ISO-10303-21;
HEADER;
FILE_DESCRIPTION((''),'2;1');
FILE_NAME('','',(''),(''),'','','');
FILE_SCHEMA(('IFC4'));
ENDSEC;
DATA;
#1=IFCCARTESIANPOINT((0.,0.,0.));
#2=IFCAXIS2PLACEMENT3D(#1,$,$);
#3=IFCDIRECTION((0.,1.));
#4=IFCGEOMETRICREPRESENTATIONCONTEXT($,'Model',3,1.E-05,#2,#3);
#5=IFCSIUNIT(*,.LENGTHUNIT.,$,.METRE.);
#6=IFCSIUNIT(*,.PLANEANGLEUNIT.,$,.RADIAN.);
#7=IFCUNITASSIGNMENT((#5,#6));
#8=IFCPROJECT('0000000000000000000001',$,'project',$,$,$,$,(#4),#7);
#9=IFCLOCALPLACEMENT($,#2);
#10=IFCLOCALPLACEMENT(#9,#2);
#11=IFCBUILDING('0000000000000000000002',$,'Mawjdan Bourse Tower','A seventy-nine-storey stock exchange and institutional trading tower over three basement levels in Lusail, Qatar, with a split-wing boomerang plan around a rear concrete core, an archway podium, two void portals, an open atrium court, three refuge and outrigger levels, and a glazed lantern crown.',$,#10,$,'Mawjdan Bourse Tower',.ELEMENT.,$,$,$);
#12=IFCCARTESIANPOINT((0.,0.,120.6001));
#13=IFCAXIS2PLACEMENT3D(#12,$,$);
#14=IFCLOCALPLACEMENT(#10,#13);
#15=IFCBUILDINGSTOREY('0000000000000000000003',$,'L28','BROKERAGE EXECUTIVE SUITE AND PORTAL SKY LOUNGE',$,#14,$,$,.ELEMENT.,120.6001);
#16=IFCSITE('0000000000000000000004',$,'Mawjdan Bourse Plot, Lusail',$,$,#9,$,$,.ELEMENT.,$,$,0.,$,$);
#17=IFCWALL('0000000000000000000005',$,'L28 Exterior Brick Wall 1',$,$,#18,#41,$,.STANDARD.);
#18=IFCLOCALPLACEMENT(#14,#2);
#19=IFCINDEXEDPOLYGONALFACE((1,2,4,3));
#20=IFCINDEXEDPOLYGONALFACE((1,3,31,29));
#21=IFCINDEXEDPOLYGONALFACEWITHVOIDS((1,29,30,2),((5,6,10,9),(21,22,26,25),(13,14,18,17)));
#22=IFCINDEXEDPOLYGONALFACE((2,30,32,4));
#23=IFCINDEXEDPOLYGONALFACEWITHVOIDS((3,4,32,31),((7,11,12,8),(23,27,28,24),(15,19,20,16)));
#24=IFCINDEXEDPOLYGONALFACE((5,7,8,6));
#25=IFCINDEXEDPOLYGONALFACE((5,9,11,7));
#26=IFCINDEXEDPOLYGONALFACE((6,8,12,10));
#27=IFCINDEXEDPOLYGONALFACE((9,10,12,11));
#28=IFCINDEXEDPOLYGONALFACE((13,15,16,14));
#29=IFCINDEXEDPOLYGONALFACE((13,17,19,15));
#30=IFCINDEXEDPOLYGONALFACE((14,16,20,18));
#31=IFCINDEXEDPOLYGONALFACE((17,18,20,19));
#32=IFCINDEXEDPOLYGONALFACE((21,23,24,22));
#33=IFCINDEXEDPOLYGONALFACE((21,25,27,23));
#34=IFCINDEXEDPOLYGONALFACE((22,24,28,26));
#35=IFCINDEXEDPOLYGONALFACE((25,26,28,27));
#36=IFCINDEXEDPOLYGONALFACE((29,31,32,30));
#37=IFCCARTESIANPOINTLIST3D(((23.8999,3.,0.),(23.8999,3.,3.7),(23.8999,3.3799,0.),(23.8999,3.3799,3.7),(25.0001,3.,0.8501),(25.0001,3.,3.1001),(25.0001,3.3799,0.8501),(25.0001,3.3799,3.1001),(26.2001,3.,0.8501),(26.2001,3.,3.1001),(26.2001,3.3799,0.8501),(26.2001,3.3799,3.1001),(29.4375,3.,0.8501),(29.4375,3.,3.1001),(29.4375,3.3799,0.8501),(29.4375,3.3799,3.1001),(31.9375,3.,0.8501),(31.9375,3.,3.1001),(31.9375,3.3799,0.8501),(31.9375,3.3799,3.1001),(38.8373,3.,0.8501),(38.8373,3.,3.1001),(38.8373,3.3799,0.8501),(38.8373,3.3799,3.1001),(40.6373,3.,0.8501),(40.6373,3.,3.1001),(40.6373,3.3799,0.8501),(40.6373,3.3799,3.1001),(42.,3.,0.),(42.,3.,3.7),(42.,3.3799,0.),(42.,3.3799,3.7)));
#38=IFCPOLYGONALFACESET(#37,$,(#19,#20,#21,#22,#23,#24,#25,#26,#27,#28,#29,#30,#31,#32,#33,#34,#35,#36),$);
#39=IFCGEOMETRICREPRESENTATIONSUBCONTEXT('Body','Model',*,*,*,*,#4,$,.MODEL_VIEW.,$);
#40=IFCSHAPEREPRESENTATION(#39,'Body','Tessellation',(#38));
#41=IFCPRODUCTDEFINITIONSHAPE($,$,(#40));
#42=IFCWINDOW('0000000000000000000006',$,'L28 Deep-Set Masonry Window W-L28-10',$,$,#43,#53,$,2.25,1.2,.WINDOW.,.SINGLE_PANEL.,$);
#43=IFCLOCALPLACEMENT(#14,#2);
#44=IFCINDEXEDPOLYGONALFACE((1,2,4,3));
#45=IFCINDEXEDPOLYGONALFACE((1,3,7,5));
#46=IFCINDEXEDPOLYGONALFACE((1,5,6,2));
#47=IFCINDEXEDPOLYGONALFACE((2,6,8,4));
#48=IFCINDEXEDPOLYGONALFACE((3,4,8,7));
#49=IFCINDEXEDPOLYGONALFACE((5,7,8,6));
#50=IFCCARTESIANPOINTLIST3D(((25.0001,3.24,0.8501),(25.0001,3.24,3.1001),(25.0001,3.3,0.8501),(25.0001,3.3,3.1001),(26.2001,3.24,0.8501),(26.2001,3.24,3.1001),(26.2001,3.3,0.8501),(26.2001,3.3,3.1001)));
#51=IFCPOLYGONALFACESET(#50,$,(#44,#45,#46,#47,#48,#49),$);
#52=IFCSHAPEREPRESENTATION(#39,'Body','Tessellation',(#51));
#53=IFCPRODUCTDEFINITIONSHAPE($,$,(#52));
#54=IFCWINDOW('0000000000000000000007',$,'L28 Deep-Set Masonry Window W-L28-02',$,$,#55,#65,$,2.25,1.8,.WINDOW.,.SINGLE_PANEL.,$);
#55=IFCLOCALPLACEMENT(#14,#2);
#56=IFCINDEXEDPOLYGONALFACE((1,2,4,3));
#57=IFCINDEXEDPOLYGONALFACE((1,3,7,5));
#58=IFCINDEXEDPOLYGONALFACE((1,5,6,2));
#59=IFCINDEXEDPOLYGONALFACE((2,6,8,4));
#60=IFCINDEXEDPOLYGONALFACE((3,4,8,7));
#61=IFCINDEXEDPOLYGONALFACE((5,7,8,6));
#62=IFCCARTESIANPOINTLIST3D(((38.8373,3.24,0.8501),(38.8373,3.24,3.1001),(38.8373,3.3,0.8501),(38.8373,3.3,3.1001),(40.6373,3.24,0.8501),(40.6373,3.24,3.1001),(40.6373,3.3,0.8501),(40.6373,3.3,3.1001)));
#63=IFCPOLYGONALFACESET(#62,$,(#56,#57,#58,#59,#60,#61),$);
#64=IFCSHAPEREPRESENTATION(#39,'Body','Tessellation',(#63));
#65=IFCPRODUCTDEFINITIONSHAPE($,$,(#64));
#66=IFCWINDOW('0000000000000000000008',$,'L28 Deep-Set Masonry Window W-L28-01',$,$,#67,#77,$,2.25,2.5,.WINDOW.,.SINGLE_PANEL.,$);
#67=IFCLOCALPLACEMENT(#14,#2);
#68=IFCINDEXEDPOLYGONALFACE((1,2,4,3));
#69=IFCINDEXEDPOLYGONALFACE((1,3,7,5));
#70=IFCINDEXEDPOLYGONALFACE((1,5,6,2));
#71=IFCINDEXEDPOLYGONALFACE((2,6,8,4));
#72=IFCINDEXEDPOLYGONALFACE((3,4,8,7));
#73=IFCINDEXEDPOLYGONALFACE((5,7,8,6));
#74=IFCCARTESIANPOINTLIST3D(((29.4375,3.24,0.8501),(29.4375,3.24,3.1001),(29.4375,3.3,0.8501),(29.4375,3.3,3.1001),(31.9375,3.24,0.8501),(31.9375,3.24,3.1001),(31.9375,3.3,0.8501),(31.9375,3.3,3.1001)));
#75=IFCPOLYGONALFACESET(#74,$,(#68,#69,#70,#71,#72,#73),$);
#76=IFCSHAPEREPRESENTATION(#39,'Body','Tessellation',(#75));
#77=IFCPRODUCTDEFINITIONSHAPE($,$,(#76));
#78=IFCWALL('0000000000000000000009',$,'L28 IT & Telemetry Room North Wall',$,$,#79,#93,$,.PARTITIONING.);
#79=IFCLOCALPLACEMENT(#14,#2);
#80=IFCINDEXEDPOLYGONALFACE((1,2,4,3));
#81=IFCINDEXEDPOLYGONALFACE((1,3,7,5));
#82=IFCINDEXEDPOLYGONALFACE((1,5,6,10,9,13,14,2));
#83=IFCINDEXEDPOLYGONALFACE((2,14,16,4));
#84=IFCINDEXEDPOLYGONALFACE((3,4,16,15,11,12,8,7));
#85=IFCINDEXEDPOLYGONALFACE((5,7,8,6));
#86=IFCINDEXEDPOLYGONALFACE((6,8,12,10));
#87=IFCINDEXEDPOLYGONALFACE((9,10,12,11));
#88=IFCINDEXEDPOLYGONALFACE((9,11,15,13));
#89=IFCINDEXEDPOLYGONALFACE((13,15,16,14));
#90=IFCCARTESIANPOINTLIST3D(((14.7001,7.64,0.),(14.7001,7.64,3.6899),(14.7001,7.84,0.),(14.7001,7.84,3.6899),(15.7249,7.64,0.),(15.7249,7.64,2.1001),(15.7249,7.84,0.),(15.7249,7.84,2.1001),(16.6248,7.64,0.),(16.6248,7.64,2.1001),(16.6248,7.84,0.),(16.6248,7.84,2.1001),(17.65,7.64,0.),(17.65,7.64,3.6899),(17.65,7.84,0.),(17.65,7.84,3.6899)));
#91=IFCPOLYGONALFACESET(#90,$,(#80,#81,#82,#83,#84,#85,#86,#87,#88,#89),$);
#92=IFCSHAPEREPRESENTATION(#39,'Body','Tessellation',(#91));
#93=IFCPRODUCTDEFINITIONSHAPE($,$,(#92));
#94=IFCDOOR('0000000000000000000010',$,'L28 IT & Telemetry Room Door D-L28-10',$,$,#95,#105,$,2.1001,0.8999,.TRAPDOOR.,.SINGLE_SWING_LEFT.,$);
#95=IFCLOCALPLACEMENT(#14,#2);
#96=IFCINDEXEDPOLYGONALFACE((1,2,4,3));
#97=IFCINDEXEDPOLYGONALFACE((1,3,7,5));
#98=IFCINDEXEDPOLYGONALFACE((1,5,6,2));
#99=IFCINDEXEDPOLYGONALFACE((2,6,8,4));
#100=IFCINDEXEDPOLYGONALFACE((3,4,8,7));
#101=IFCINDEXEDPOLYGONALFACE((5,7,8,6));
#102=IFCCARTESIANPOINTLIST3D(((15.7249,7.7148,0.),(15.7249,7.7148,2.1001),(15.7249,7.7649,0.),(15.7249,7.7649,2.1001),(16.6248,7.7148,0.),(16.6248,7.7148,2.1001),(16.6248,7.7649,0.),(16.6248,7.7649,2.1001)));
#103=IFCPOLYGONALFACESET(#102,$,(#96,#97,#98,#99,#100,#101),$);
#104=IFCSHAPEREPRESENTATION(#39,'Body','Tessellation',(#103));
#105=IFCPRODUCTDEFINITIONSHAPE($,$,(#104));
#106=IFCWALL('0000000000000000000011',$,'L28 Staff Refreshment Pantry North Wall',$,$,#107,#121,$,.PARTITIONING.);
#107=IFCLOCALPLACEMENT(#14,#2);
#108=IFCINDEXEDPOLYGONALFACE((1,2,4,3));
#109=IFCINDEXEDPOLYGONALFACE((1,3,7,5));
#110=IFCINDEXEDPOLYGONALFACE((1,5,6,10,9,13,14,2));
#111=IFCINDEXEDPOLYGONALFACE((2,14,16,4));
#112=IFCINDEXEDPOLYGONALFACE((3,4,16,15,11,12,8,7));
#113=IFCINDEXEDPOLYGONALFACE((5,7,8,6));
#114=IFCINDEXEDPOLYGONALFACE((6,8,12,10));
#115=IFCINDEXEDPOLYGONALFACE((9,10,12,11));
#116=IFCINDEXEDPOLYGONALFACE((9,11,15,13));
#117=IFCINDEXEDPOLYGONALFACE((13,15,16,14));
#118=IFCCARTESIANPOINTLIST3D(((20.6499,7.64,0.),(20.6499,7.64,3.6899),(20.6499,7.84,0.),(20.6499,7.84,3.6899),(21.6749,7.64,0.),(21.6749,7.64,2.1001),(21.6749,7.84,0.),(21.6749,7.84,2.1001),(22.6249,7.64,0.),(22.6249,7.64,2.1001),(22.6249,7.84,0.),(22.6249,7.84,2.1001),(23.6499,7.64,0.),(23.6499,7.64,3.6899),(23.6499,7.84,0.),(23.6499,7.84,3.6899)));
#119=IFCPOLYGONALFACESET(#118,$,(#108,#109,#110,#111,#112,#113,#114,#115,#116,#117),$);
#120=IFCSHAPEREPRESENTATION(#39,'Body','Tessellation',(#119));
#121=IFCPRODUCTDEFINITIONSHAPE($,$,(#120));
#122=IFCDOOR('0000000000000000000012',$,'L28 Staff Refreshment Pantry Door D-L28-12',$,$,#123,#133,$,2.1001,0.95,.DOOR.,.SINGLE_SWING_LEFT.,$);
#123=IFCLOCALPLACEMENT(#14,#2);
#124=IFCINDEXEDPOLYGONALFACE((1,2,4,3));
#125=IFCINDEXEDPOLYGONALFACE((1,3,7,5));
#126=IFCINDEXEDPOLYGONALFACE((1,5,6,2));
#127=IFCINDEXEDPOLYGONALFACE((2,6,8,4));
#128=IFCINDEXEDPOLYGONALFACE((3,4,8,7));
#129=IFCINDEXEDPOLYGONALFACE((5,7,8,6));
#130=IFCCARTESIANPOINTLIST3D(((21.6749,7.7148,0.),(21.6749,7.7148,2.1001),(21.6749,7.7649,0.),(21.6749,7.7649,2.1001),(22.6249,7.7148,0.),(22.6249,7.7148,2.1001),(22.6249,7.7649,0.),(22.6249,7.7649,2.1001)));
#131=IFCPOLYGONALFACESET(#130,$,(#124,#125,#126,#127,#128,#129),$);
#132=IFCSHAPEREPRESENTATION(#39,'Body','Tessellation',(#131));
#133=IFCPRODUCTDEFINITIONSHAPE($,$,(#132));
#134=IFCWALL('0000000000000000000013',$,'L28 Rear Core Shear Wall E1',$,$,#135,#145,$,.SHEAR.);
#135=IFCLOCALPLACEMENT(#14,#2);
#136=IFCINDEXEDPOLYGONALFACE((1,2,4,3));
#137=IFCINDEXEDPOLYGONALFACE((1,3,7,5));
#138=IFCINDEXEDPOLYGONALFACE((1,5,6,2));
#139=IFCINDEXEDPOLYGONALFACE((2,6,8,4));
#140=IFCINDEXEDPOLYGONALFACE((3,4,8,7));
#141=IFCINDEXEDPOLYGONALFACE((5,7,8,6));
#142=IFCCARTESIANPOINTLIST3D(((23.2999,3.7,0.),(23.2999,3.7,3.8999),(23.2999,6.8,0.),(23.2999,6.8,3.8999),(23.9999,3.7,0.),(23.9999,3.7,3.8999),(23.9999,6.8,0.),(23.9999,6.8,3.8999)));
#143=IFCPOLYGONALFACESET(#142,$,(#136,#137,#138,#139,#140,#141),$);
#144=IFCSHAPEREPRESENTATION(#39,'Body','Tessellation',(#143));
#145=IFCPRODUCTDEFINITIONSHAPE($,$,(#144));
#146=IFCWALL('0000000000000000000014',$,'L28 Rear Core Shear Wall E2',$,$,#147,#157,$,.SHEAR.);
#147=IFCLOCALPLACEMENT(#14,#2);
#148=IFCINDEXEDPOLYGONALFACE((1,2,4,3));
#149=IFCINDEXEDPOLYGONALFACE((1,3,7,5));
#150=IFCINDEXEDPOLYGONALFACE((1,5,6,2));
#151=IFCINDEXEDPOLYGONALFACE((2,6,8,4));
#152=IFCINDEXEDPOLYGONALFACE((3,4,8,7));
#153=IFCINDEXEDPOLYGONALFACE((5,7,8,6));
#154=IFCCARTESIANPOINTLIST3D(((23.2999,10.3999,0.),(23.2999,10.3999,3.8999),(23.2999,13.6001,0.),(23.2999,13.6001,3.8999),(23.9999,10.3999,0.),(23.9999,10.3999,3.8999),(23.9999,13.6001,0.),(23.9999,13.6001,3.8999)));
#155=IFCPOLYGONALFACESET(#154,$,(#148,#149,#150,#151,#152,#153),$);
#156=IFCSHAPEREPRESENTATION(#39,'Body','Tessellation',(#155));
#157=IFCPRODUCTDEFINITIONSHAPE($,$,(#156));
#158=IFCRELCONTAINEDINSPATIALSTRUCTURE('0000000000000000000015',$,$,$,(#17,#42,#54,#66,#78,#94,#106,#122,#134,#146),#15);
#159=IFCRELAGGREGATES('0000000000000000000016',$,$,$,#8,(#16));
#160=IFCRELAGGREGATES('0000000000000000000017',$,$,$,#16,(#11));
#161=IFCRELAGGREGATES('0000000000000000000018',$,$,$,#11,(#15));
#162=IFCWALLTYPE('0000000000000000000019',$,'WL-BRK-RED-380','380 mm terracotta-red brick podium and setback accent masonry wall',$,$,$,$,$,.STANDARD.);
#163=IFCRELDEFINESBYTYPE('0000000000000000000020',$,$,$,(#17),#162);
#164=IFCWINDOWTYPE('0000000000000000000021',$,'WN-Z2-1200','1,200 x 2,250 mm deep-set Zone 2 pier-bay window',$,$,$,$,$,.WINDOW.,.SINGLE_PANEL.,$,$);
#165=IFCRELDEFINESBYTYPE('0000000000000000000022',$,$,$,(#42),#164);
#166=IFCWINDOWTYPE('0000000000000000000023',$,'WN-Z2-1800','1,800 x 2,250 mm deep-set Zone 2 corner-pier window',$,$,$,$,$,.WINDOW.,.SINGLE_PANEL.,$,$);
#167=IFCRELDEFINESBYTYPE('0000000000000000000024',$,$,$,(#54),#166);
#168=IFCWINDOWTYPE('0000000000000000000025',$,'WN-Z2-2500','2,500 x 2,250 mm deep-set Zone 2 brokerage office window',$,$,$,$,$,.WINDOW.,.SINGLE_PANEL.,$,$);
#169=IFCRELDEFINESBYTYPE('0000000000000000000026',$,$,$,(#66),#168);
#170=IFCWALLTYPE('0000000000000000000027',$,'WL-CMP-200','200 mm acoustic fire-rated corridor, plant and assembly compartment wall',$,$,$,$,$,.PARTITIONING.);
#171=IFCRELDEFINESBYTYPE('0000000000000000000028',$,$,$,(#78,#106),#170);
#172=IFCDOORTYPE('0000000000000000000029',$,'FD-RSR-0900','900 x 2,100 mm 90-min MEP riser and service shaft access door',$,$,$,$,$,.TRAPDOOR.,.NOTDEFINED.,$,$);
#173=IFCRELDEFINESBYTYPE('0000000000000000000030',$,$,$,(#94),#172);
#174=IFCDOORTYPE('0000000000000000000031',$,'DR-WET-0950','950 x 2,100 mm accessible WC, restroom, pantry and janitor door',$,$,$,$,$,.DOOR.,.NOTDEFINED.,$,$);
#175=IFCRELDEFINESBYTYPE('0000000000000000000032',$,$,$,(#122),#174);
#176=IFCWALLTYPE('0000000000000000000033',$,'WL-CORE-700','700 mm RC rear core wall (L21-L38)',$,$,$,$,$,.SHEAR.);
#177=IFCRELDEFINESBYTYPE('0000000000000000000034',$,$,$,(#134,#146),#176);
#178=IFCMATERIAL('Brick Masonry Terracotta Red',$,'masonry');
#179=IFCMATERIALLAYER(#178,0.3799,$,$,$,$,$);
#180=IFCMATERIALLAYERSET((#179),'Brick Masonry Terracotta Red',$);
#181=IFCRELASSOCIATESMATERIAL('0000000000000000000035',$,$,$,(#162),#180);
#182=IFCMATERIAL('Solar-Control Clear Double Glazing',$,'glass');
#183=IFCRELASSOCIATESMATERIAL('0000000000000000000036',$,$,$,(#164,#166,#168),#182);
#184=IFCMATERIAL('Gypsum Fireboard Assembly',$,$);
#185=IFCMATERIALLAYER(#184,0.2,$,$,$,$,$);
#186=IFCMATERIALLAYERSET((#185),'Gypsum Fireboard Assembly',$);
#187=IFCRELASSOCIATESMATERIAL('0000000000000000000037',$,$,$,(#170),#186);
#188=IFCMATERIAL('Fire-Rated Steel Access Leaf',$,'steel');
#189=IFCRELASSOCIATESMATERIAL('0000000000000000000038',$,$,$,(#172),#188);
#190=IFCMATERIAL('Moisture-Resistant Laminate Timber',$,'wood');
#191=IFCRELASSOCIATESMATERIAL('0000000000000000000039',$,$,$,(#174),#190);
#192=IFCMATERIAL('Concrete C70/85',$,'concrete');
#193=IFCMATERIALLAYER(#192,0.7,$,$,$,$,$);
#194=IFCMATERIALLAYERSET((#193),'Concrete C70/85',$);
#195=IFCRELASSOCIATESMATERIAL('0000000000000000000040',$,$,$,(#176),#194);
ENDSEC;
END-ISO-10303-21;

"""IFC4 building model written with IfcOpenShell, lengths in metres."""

from ifc_helpers import new_model, si_unit, direction, frame, frame_2d, origin, place, context, subcontext, project, spatial, rectangle, extrude, material, layer, layer_set, type_object, element, fill, save


model = new_model("IFC4")

# Units and contexts
model_context = context("Model", 3, precision=1e-05, world=origin(), true_north=direction((0.0, 1.0)))
body_context = subcontext(model_context, "Body", "Model", "MODEL_VIEW")
ifc_project = project(units=[si_unit("LENGTHUNIT", "METRE"), si_unit("PLANEANGLEUNIT", "RADIAN")], contexts=[model_context])

# Site, building, storey
site_placement = place(None, origin())
site = spatial("IfcSite", under=ifc_project, at=site_placement, Name="Mawjdan Bourse Plot, Lusail", CompositionType="ELEMENT", RefElevation=0.0)
building_placement = place(site_placement, origin())
building = spatial("IfcBuilding", under=site, at=building_placement, Name="Mawjdan Bourse Tower", Description="A seventy-nine-storey stock exchange and institutional trading tower over three basement levels in Lusail, Qatar, with a split-wing boomerang plan around a rear concrete core, an archway podium, two void portals, an open atrium court, three refuge and outrigger levels, and a glazed lantern crown.", LongName="Mawjdan Bourse Tower", CompositionType="ELEMENT")
storey_placement = place(building_placement, frame((0.0, 0.0, 120.6001)))
storey = spatial("IfcBuildingStorey", under=building, at=storey_placement, Name="L28", Description="BROKERAGE EXECUTIVE SUITE AND PORTAL SKY LOUNGE", CompositionType="ELEMENT", Elevation=120.6001)

# Shared definitions
ifc_material_1 = material(Name="Concrete C70/85", Category="concrete")

# Wall, openings, windows
ifc_material_2 = material(Name="Brick Masonry Terracotta Red", Category="masonry")
ifc_layer_1 = layer(ifc_material_2, 0.3799)
ifc_layer_set_1 = layer_set([ifc_layer_1], Name="Brick Masonry Terracotta Red")
wall_type_1 = type_object("IfcWallType", Name="WL-BRK-RED-380", Description="380 mm terracotta-red brick podium and setback accent masonry wall", PredefinedType="STANDARD", material=ifc_layer_set_1)
wall_1_placement = place(storey_placement, frame((23.8999, 3.1899, 0.0), z_axis=(0.0, 0.0, 1.0), x_axis=(1.0, 0.0, 0.0)))
wall_1 = element("IfcWall", 1, at=wall_1_placement, inside=storey, type_object=wall_type_1, Name="L28 Exterior Brick Wall 1", PredefinedType="STANDARD", context=body_context, shape_type="SweptSolid", body=[
    extrude(rectangle(XDim=18.1001, YDim=0.3799, at=frame_2d((9.05, 0.0))), origin(), (0.0, 0.0, 1.0), 3.7),
])
opening_1_placement = place(wall_1_placement, frame((5.5376, 0.0, 0.8501)))
opening_1 = element("IfcOpeningElement", 2, at=opening_1_placement, cuts=wall_1, PredefinedType="OPENING", context=body_context, shape_type="SweptSolid", body=[
    extrude(rectangle(XDim=2.5, YDim=2.25, at=frame_2d((1.25, 1.125))), frame((0.0, 0.2, 0.0), z_axis=(0.0, -1.0, 0.0), x_axis=(1.0, 0.0, 0.0)), (0.0, 0.0, 1.0), 0.3999),
])
opening_2_placement = place(wall_1_placement, frame((14.9375, 0.0, 0.8501)))
opening_2 = element("IfcOpeningElement", 3, at=opening_2_placement, cuts=wall_1, PredefinedType="OPENING", context=body_context, shape_type="SweptSolid", body=[
    extrude(rectangle(XDim=1.8, YDim=2.25, at=frame_2d((0.8999, 1.125))), frame((0.0, 0.2, 0.0), z_axis=(0.0, -1.0, 0.0), x_axis=(1.0, 0.0, 0.0)), (0.0, 0.0, 1.0), 0.3999),
])
opening_3_placement = place(wall_1_placement, frame((1.1001, 0.0, 0.8501)))
opening_3 = element("IfcOpeningElement", 4, at=opening_3_placement, cuts=wall_1, PredefinedType="OPENING", context=body_context, shape_type="SweptSolid", body=[
    extrude(rectangle(XDim=1.2, YDim=2.25, at=frame_2d((0.6001, 1.125))), frame((0.0, 0.2, 0.0), z_axis=(0.0, -1.0, 0.0), x_axis=(1.0, 0.0, 0.0)), (0.0, 0.0, 1.0), 0.3999),
])
ifc_material_3 = material(Name="Solar-Control Clear Double Glazing", Category="glass")
window_type_1 = type_object("IfcWindowType", Name="WN-Z2-1200", Description="1,200 x 2,250 mm deep-set Zone 2 pier-bay window", PartitioningType="SINGLE_PANEL", PredefinedType="WINDOW", material=ifc_material_3)
window_1_placement = place(opening_3_placement, origin())
window_1 = element("IfcWindow", 5, at=window_1_placement, inside=storey, type_object=window_type_1, Name="L28 Deep-Set Masonry Window W-L28-10", OverallHeight=2.25, OverallWidth=1.2, PartitioningType="SINGLE_PANEL", PredefinedType="WINDOW", context=body_context, shape_type="SweptSolid", body=[
    extrude(rectangle(XDim=1.2, YDim=2.25, at=frame_2d((0.6001, 1.125))), frame((0.0, 0.1101, 0.0), z_axis=(0.0, -1.0, 0.0), x_axis=(1.0, 0.0, 0.0)), (0.0, 0.0, 1.0), 0.0601),
])
fill(opening_3, window_1)
window_type_2 = type_object("IfcWindowType", Name="WN-Z2-1800", Description="1,800 x 2,250 mm deep-set Zone 2 corner-pier window", PartitioningType="SINGLE_PANEL", PredefinedType="WINDOW", material=ifc_material_3)
window_2_placement = place(opening_2_placement, origin())
window_2 = element("IfcWindow", 6, at=window_2_placement, inside=storey, type_object=window_type_2, Name="L28 Deep-Set Masonry Window W-L28-02", OverallHeight=2.25, OverallWidth=1.8, PartitioningType="SINGLE_PANEL", PredefinedType="WINDOW", context=body_context, shape_type="SweptSolid", body=[
    extrude(rectangle(XDim=1.8, YDim=2.25, at=frame_2d((0.8999, 1.125))), frame((0.0, 0.1101, 0.0), z_axis=(0.0, -1.0, 0.0), x_axis=(1.0, 0.0, 0.0)), (0.0, 0.0, 1.0), 0.0601),
])
fill(opening_2, window_2)
window_type_3 = type_object("IfcWindowType", Name="WN-Z2-2500", Description="2,500 x 2,250 mm deep-set Zone 2 brokerage office window", PartitioningType="SINGLE_PANEL", PredefinedType="WINDOW", material=ifc_material_3)
window_3_placement = place(opening_1_placement, origin())
window_3 = element("IfcWindow", 7, at=window_3_placement, inside=storey, type_object=window_type_3, Name="L28 Deep-Set Masonry Window W-L28-01", OverallHeight=2.25, OverallWidth=2.5, PartitioningType="SINGLE_PANEL", PredefinedType="WINDOW", context=body_context, shape_type="SweptSolid", body=[
    extrude(rectangle(XDim=2.5, YDim=2.25, at=frame_2d((1.25, 1.125))), frame((0.0, 0.1101, 0.0), z_axis=(0.0, -1.0, 0.0), x_axis=(1.0, 0.0, 0.0)), (0.0, 0.0, 1.0), 0.0601),
])
fill(opening_1, window_3)

# Walls, openings, doors
ifc_material_4 = material(Name="Gypsum Fireboard Assembly")
ifc_layer_2 = layer(ifc_material_4, 0.2)
ifc_layer_set_2 = layer_set([ifc_layer_2], Name="Gypsum Fireboard Assembly")
wall_type_2 = type_object("IfcWallType", Name="WL-CMP-200", Description="200 mm acoustic fire-rated corridor, plant and assembly compartment wall", PredefinedType="PARTITIONING", material=ifc_layer_set_2)
wall_2_placement = place(storey_placement, frame((14.7, 7.74, 0.0), z_axis=(0.0, 0.0, 1.0), x_axis=(1.0, 0.0, 0.0)))
wall_2 = element("IfcWall", 8, at=wall_2_placement, inside=storey, type_object=wall_type_2, Name="L28 IT & Telemetry Room North Wall", PredefinedType="PARTITIONING", context=body_context, shape_type="SweptSolid", body=[
    extrude(rectangle(XDim=2.95, YDim=0.2, at=frame_2d((1.4751, 0.0))), origin(), (0.0, 0.0, 1.0), 3.6899),
])
opening_4_placement = place(wall_2_placement, frame((1.0249, 0.0, 0.0)))
opening_4 = element("IfcOpeningElement", 9, at=opening_4_placement, cuts=wall_2, PredefinedType="OPENING", context=body_context, shape_type="SweptSolid", body=[
    extrude(rectangle(XDim=0.8999, YDim=2.1001, at=frame_2d((0.45, 1.05))), frame((0.0, 0.1099, 0.0), z_axis=(0.0, -1.0, 0.0), x_axis=(1.0, 0.0, 0.0)), (0.0, 0.0, 1.0), 0.22),
])
ifc_material_5 = material(Name="Fire-Rated Steel Access Leaf", Category="steel")
door_type_1 = type_object("IfcDoorType", Name="FD-RSR-0900", Description="900 x 2,100 mm 90-min MEP riser and service shaft access door", OperationType="NOTDEFINED", PredefinedType="TRAPDOOR", material=ifc_material_5)
door_1_placement = place(opening_4_placement, origin())
door_1 = element("IfcDoor", 10, at=door_1_placement, inside=storey, type_object=door_type_1, Name="L28 IT & Telemetry Room Door D-L28-10", OperationType="SINGLE_SWING_LEFT", OverallHeight=2.1001, OverallWidth=0.8999, PredefinedType="TRAPDOOR", context=body_context, shape_type="SweptSolid", body=[
    extrude(rectangle(XDim=0.8999, YDim=2.1001, at=frame_2d((0.45, 1.05))), frame((0.0, 0.0249, 0.0), z_axis=(0.0, -1.0, 0.0), x_axis=(1.0, 0.0, 0.0)), (0.0, 0.0, 1.0), 0.05),
])
fill(opening_4, door_1)
wall_3_placement = place(storey_placement, frame((20.6499, 7.74, 0.0), z_axis=(0.0, 0.0, 1.0), x_axis=(1.0, 0.0, 0.0)))
wall_3 = element("IfcWall", 11, at=wall_3_placement, inside=storey, type_object=wall_type_2, Name="L28 Staff Refreshment Pantry North Wall", PredefinedType="PARTITIONING", context=body_context, shape_type="SweptSolid", body=[
    extrude(rectangle(XDim=3.0, YDim=0.2, at=frame_2d((1.5, 0.0))), origin(), (0.0, 0.0, 1.0), 3.6899),
])
opening_5_placement = place(wall_3_placement, frame((1.0249, 0.0, 0.0)))
opening_5 = element("IfcOpeningElement", 12, at=opening_5_placement, cuts=wall_3, PredefinedType="OPENING", context=body_context, shape_type="SweptSolid", body=[
    extrude(rectangle(XDim=0.95, YDim=2.1001, at=frame_2d((0.4751, 1.05))), frame((0.0, 0.1099, 0.0), z_axis=(0.0, -1.0, 0.0), x_axis=(1.0, 0.0, 0.0)), (0.0, 0.0, 1.0), 0.22),
])
ifc_material_6 = material(Name="Moisture-Resistant Laminate Timber", Category="wood")
door_type_2 = type_object("IfcDoorType", Name="DR-WET-0950", Description="950 x 2,100 mm accessible WC, restroom, pantry and janitor door", OperationType="NOTDEFINED", PredefinedType="DOOR", material=ifc_material_6)
door_2_placement = place(opening_5_placement, origin())
door_2 = element("IfcDoor", 13, at=door_2_placement, inside=storey, type_object=door_type_2, Name="L28 Staff Refreshment Pantry Door D-L28-12", OperationType="SINGLE_SWING_LEFT", OverallHeight=2.1001, OverallWidth=0.95, PredefinedType="DOOR", context=body_context, shape_type="SweptSolid", body=[
    extrude(rectangle(XDim=0.95, YDim=2.1001, at=frame_2d((0.4751, 1.05))), frame((0.0, 0.0249, 0.0), z_axis=(0.0, -1.0, 0.0), x_axis=(1.0, 0.0, 0.0)), (0.0, 0.0, 1.0), 0.05),
])
fill(opening_5, door_2)

# Walls
ifc_layer_3 = layer(ifc_material_1, 0.7)
ifc_layer_set_3 = layer_set([ifc_layer_3], Name="Concrete C70/85")
wall_type_3 = type_object("IfcWallType", Name="WL-CORE-700", Description="700 mm RC rear core wall (L21-L38)", PredefinedType="SHEAR", material=ifc_layer_set_3)
wall_4_placement = place(storey_placement, frame((23.6499, 3.7, 0.0), z_axis=(0.0, 0.0, 1.0), x_axis=(0.0, 1.0, 0.0)))
element("IfcWall", 14, at=wall_4_placement, inside=storey, type_object=wall_type_3, Name="L28 Rear Core Shear Wall E1", PredefinedType="SHEAR", context=body_context, shape_type="SweptSolid", body=[
    extrude(rectangle(XDim=3.1001, YDim=0.7, at=frame_2d((1.55, 0.0))), origin(), (0.0, 0.0, 1.0), 3.8999),
])
wall_5_placement = place(storey_placement, frame((23.6499, 10.3999, 0.0), z_axis=(0.0, 0.0, 1.0), x_axis=(0.0, 1.0, 0.0)))
element("IfcWall", 15, at=wall_5_placement, inside=storey, type_object=wall_type_3, Name="L28 Rear Core Shear Wall E2", PredefinedType="SHEAR", context=body_context, shape_type="SweptSolid", body=[
    extrude(rectangle(XDim=3.2002, YDim=0.7, at=frame_2d((1.6001, 0.0))), origin(), (0.0, 0.0, 1.0), 3.8999),
])

save(model, "model.ifc")
